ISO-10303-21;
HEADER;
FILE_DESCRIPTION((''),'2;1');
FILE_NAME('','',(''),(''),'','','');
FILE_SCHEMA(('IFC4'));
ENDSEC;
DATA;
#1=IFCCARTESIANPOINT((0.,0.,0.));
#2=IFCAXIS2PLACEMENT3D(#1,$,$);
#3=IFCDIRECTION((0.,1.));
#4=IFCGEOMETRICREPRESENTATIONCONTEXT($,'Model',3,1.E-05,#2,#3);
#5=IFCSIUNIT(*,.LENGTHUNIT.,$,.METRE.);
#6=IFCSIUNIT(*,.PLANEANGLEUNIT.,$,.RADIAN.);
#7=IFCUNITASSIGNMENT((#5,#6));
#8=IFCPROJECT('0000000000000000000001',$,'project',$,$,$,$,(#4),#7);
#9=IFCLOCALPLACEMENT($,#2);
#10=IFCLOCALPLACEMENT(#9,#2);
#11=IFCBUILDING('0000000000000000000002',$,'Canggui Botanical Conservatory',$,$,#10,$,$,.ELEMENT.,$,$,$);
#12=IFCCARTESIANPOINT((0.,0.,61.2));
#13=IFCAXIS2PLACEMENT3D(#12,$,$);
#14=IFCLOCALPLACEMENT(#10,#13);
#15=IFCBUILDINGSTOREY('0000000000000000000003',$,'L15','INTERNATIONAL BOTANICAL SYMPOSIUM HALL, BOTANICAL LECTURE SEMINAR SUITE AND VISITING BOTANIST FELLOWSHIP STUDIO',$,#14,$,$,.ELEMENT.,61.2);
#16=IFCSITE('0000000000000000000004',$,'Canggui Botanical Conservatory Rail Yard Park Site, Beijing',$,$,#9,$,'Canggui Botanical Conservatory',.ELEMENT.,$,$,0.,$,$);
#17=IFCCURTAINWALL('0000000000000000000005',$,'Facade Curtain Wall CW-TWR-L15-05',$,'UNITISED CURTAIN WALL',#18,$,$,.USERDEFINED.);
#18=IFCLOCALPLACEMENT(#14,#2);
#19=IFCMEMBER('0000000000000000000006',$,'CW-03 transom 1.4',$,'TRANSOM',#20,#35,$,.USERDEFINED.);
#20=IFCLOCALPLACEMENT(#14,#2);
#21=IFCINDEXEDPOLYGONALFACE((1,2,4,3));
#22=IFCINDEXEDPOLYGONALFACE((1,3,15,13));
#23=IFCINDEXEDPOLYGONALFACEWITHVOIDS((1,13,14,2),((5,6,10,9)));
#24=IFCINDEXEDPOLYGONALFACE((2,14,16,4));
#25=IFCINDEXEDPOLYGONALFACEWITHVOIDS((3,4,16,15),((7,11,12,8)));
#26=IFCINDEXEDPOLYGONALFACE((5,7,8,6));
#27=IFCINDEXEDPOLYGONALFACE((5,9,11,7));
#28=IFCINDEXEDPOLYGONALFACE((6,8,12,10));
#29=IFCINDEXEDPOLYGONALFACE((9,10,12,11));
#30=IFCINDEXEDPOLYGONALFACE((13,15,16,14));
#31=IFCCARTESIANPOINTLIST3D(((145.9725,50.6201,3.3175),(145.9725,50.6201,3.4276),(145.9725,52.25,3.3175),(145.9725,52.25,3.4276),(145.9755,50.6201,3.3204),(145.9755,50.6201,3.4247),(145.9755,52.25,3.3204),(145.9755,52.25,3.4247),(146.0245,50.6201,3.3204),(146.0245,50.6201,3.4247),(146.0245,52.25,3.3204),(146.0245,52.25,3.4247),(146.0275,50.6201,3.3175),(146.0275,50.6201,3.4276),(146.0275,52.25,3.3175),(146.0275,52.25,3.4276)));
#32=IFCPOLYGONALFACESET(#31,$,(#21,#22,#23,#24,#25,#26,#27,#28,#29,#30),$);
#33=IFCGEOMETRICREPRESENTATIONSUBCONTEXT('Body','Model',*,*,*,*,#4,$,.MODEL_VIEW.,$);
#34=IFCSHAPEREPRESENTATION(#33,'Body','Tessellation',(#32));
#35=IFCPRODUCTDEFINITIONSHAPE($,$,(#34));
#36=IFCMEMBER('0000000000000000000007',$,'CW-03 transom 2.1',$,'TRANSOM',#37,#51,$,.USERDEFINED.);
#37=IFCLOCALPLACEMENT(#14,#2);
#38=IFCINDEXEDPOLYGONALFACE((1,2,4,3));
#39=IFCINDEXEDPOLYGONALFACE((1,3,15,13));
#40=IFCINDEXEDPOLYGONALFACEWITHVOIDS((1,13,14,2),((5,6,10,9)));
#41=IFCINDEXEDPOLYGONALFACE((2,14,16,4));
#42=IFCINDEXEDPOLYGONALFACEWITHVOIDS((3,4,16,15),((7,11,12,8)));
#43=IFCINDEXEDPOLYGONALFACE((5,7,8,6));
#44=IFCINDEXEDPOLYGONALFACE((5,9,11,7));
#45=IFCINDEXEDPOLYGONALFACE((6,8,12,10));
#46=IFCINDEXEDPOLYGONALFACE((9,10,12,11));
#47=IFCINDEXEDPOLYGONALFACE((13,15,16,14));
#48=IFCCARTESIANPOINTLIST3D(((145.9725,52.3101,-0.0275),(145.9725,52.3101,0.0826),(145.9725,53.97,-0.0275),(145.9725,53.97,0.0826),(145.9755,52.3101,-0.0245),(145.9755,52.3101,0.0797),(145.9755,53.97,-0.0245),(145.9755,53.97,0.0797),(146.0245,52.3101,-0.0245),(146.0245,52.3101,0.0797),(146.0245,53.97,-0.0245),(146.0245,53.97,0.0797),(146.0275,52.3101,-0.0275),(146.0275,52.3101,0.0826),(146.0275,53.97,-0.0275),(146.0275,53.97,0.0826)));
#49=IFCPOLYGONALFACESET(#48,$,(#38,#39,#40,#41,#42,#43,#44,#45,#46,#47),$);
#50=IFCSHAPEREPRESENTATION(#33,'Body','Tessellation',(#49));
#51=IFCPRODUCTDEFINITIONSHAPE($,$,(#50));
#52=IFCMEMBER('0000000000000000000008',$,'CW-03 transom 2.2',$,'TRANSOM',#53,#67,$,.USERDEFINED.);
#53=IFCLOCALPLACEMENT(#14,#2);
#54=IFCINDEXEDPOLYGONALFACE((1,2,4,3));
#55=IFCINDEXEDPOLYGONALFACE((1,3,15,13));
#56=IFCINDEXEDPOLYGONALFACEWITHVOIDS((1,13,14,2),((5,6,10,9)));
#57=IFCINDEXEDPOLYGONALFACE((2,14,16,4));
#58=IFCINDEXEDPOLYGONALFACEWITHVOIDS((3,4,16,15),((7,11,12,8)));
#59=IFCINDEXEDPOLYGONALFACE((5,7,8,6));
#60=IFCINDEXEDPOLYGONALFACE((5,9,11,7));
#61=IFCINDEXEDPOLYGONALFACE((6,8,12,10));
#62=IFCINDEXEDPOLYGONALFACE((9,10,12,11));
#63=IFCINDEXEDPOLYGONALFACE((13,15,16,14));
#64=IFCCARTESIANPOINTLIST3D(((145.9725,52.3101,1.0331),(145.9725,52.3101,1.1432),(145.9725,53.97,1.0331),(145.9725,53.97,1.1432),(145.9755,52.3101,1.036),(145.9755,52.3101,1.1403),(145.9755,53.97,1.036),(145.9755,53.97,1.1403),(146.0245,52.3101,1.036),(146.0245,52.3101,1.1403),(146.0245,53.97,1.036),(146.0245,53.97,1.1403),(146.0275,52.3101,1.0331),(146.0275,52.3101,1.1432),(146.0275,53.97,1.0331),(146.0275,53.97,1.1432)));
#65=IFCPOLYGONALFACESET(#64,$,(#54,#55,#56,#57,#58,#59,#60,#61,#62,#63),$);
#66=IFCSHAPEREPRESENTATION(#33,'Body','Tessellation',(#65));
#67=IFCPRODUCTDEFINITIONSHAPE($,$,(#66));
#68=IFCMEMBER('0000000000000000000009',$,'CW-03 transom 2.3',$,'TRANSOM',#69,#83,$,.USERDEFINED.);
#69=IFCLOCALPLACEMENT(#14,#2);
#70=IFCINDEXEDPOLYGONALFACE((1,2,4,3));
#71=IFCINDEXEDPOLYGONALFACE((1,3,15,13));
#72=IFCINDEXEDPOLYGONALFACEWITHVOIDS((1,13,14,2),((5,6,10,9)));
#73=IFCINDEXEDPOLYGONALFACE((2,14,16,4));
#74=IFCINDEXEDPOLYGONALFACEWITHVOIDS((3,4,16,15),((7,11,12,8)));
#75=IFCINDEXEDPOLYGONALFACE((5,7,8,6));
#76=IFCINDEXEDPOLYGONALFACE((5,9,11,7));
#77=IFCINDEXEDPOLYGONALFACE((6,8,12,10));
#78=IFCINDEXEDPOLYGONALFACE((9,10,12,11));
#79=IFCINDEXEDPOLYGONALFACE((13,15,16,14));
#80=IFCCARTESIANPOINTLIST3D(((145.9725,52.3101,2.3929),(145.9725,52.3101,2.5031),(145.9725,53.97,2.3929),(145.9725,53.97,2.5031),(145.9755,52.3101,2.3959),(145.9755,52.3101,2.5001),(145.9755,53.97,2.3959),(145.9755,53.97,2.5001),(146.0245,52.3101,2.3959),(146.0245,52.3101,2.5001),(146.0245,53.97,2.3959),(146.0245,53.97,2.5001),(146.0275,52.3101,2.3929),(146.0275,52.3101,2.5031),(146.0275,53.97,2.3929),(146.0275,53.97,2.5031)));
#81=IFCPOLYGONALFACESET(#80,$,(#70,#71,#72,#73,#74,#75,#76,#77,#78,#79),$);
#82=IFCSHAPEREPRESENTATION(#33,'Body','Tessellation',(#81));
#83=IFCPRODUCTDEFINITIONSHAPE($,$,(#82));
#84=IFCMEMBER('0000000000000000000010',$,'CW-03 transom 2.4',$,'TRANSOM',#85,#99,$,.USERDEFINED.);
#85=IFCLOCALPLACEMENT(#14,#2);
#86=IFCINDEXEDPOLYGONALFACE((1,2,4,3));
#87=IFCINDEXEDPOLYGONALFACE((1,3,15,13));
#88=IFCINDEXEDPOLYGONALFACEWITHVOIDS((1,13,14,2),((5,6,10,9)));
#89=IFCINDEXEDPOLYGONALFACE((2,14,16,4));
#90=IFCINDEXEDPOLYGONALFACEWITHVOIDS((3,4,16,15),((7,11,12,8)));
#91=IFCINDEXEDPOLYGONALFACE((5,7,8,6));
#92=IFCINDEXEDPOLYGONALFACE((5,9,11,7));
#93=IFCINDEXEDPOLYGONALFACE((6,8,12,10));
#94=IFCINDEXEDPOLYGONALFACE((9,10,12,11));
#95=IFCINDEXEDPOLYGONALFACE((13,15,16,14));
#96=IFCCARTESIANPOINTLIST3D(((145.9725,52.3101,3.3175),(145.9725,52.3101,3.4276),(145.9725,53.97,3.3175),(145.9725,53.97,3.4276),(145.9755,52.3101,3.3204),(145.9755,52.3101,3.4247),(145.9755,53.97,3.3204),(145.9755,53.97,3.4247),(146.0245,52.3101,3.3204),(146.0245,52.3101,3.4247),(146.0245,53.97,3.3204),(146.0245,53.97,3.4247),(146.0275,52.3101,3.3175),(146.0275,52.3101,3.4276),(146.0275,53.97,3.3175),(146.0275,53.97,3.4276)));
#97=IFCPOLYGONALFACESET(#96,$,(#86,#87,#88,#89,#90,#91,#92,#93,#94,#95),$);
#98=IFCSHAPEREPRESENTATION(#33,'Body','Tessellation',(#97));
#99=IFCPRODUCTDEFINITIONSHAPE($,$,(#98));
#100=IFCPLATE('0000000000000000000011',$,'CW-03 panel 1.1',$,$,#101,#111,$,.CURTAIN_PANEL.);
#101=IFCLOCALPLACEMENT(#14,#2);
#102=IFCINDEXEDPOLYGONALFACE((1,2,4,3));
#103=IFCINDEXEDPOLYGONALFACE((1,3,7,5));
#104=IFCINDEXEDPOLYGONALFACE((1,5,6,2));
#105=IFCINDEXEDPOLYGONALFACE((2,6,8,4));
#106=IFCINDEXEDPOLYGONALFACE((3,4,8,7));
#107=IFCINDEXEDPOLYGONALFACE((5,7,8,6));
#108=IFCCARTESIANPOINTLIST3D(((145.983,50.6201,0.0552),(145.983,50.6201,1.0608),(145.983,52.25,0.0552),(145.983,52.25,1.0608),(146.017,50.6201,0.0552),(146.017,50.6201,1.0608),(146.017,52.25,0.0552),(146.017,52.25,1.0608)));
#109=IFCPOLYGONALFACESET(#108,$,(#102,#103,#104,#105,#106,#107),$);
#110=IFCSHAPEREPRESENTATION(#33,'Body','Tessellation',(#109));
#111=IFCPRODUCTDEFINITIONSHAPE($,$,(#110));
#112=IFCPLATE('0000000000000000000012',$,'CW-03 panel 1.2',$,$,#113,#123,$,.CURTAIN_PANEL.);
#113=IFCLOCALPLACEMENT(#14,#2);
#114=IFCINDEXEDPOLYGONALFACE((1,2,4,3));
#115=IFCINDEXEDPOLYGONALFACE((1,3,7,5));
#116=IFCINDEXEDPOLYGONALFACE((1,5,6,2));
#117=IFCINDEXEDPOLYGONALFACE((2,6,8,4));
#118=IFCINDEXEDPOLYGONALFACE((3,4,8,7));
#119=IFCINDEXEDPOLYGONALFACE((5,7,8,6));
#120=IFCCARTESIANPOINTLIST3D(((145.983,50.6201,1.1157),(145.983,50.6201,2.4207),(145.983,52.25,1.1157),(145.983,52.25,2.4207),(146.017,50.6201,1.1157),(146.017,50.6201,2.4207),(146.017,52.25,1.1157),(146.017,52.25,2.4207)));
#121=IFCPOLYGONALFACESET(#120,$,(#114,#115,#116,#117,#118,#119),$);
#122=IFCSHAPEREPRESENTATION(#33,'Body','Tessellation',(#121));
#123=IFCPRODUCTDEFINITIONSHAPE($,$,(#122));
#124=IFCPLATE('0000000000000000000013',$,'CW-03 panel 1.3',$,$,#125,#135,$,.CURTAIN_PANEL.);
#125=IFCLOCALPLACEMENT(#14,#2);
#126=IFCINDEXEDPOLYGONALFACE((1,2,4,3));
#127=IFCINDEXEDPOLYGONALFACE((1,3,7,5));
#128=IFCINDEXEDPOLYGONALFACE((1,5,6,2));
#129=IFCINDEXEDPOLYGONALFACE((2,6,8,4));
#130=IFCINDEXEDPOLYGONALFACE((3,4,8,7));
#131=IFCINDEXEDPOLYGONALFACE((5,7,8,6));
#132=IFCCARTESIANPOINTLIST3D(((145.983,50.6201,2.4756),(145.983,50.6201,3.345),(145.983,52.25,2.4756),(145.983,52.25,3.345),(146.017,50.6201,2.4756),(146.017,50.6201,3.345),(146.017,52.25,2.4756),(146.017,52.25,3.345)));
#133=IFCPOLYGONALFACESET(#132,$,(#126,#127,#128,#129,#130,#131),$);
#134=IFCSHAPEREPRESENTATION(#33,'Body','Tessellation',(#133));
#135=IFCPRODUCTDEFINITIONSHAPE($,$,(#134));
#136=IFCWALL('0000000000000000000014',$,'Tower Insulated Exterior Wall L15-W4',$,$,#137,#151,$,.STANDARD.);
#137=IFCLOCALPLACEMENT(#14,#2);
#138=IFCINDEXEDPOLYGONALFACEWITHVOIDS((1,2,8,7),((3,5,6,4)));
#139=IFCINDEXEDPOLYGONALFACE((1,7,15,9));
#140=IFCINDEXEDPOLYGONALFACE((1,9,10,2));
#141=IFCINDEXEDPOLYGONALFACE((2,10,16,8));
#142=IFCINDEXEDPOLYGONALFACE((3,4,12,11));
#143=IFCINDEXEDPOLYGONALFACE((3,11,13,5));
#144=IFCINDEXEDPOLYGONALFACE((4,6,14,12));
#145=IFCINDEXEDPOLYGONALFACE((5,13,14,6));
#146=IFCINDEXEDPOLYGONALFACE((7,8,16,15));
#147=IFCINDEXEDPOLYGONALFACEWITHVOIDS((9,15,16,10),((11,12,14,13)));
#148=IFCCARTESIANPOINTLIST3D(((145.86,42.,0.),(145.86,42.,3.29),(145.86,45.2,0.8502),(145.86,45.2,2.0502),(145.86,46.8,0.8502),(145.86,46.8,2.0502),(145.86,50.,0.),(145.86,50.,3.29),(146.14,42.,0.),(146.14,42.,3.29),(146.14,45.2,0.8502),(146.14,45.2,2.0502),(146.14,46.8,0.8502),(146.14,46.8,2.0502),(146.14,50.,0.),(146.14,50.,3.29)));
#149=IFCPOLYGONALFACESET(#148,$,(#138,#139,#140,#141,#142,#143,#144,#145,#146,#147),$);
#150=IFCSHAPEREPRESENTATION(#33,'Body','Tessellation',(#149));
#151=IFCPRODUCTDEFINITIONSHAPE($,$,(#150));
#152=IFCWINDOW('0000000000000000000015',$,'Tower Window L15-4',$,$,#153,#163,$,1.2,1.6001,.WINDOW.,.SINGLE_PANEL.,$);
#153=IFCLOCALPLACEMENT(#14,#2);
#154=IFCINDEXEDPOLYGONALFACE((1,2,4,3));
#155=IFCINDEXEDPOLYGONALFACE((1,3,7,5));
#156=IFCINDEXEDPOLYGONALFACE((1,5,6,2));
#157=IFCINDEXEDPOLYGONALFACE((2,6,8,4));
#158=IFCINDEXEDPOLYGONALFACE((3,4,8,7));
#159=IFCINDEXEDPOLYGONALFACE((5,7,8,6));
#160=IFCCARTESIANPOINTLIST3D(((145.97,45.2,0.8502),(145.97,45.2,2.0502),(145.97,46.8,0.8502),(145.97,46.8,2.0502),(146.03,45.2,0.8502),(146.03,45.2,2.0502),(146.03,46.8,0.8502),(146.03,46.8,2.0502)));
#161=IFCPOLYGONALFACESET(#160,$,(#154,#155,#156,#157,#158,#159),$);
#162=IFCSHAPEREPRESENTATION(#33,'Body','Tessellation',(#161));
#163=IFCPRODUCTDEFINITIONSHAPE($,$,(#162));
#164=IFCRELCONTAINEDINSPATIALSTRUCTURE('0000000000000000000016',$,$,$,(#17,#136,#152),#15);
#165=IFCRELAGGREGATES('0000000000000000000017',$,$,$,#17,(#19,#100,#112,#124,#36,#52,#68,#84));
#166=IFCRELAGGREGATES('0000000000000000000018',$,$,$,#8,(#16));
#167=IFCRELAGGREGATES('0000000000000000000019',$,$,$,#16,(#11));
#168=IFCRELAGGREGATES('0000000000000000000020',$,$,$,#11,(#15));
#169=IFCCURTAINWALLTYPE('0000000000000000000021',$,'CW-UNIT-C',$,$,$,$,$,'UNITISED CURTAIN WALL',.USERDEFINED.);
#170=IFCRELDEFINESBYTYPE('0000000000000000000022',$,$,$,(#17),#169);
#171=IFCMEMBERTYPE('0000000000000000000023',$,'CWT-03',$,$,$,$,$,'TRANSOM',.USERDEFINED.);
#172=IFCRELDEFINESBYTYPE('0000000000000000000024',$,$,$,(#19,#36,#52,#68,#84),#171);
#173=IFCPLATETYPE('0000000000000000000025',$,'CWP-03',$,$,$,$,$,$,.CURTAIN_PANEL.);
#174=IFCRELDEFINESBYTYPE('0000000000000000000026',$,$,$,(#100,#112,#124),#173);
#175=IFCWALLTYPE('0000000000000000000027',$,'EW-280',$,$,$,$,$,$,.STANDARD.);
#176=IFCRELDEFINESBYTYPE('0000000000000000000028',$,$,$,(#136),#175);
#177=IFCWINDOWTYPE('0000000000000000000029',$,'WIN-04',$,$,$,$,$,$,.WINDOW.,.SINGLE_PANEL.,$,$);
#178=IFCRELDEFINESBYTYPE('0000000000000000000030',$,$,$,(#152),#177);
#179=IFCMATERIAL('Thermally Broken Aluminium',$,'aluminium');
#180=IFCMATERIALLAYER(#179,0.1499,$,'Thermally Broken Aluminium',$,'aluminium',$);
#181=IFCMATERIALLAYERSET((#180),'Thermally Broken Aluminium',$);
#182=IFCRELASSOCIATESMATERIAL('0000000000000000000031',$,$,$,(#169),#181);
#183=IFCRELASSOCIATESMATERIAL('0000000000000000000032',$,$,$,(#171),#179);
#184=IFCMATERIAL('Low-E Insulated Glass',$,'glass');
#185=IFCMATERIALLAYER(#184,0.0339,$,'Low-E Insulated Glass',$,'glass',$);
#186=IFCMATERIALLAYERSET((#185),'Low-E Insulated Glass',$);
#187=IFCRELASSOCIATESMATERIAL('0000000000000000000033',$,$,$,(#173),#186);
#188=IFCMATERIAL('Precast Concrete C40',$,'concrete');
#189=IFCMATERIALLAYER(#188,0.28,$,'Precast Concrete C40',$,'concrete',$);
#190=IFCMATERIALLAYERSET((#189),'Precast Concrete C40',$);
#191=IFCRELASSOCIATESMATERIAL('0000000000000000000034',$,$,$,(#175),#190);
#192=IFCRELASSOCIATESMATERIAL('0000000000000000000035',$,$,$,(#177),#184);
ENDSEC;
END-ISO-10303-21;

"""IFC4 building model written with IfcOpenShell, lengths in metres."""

from ifc_helpers import new_model, si_unit, direction, frame, frame_2d, origin, origin_2d, place, context, subcontext, project, spatial, rectangle, hollow_rectangle, extrude, material, layer, layer_set, material_profile, profile_set, type_object, element, fill, aggregate, save


model = new_model("IFC4")

# Units and contexts
model_context = context("Model", 3, precision=1e-05, world=origin(), true_north=direction((0.0, 1.0)))
body_context = subcontext(model_context, "Body", "Model", "MODEL_VIEW")
ifc_project = project(units=[si_unit("LENGTHUNIT", "METRE"), si_unit("PLANEANGLEUNIT", "RADIAN")], contexts=[model_context])

# Site, building, storey
site_placement = place(None, origin())
site = spatial("IfcSite", under=ifc_project, at=site_placement, Name="Canggui Botanical Conservatory Rail Yard Park Site, Beijing", LongName="Canggui Botanical Conservatory", CompositionType="ELEMENT", RefElevation=0.0)
building_placement = place(site_placement, origin())
building = spatial("IfcBuilding", under=site, at=building_placement, Name="Canggui Botanical Conservatory", CompositionType="ELEMENT")
storey_placement = place(building_placement, frame((0.0, 0.0, 61.2)))
storey = spatial("IfcBuildingStorey", under=building, at=storey_placement, Name="L15", Description="INTERNATIONAL BOTANICAL SYMPOSIUM HALL, BOTANICAL LECTURE SEMINAR SUITE AND VISITING BOTANIST FELLOWSHIP STUDIO", CompositionType="ELEMENT", Elevation=61.2)

# Curtain wall, members, plates
ifc_material_1 = material(Name="Thermally Broken Aluminium", Category="aluminium")
ifc_layer_1 = layer(ifc_material_1, 0.1499, Name="Thermally Broken Aluminium", Category="aluminium")
ifc_layer_set_1 = layer_set([ifc_layer_1], Name="Thermally Broken Aluminium")
curtain_wall_type = type_object("IfcCurtainWallType", Name="CW-UNIT-C", ElementType="UNITISED CURTAIN WALL", PredefinedType="USERDEFINED", material=ifc_layer_set_1)
curtain_wall_placement = place(storey_placement, origin())
curtain_wall = element("IfcCurtainWall", 1, at=curtain_wall_placement, inside=storey, type_object=curtain_wall_type, Name="Facade Curtain Wall CW-TWR-L15-05", ObjectType="UNITISED CURTAIN WALL", PredefinedType="USERDEFINED")
ifc_material_profile_1 = material_profile(ifc_material_1, hollow_rectangle(XDim=0.0549, YDim=0.1101, WallThickness=0.0029, at=origin_2d()), Name="CWT 55x110x3")
ifc_profile_set_1 = profile_set([ifc_material_profile_1], Name="Thermally Broken Aluminium")
member_type_1 = type_object("IfcMemberType", Name="CWT-03", ElementType="TRANSOM", PredefinedType="USERDEFINED", material=ifc_profile_set_1)
member_1_placement = place(storey_placement, frame((146.0, 50.6201, 3.3726), z_axis=(0.0, 1.0, 0.0), x_axis=(-1.0, 0.0, 0.0)))
member_1 = element("IfcMember", 2, at=member_1_placement, type_object=member_type_1, Name="CW-03 transom 1.4", ObjectType="TRANSOM", PredefinedType="USERDEFINED", context=body_context, shape_type="SweptSolid", body=[
    extrude(hollow_rectangle(XDim=0.0549, YDim=0.1101, WallThickness=0.0029, at=origin_2d()), origin(), (0.0, 0.0, 1.0), 1.6299),
])
member_2_placement = place(storey_placement, frame((146.0, 52.3101, 0.0276), z_axis=(0.0, 1.0, 0.0), x_axis=(-1.0, 0.0, 0.0)))
member_2 = element("IfcMember", 3, at=member_2_placement, type_object=member_type_1, Name="CW-03 transom 2.1", ObjectType="TRANSOM", PredefinedType="USERDEFINED", context=body_context, shape_type="SweptSolid", body=[
    extrude(hollow_rectangle(XDim=0.0549, YDim=0.1101, WallThickness=0.0029, at=origin_2d()), origin(), (0.0, 0.0, 1.0), 1.6599),
])
member_3_placement = place(storey_placement, frame((146.0, 52.3101, 1.0881), z_axis=(0.0, 1.0, 0.0), x_axis=(-1.0, 0.0, 0.0)))
member_3 = element("IfcMember", 4, at=member_3_placement, type_object=member_type_1, Name="CW-03 transom 2.2", ObjectType="TRANSOM", PredefinedType="USERDEFINED", context=body_context, shape_type="SweptSolid", body=[
    extrude(hollow_rectangle(XDim=0.0549, YDim=0.1101, WallThickness=0.0029, at=origin_2d()), origin(), (0.0, 0.0, 1.0), 1.6599),
])
member_4_placement = place(storey_placement, frame((146.0, 52.3101, 2.448), z_axis=(0.0, 1.0, 0.0), x_axis=(-1.0, 0.0, 0.0)))
member_4 = element("IfcMember", 5, at=member_4_placement, type_object=member_type_1, Name="CW-03 transom 2.3", ObjectType="TRANSOM", PredefinedType="USERDEFINED", context=body_context, shape_type="SweptSolid", body=[
    extrude(hollow_rectangle(XDim=0.0549, YDim=0.1101, WallThickness=0.0029, at=origin_2d()), origin(), (0.0, 0.0, 1.0), 1.6599),
])
member_5_placement = place(storey_placement, frame((146.0, 52.3101, 3.3726), z_axis=(0.0, 1.0, 0.0), x_axis=(-1.0, 0.0, 0.0)))
member_5 = element("IfcMember", 6, at=member_5_placement, type_object=member_type_1, Name="CW-03 transom 2.4", ObjectType="TRANSOM", PredefinedType="USERDEFINED", context=body_context, shape_type="SweptSolid", body=[
    extrude(hollow_rectangle(XDim=0.0549, YDim=0.1101, WallThickness=0.0029, at=origin_2d()), origin(), (0.0, 0.0, 1.0), 1.6599),
])
ifc_material_2 = material(Name="Low-E Insulated Glass", Category="glass")
ifc_layer_2 = layer(ifc_material_2, 0.0339, Name="Low-E Insulated Glass", Category="glass")
ifc_layer_set_2 = layer_set([ifc_layer_2], Name="Low-E Insulated Glass")
plate_type = type_object("IfcPlateType", Name="CWP-03", PredefinedType="CURTAIN_PANEL", material=ifc_layer_set_2)
plate_1_placement = place(storey_placement, frame((146.0, 51.4351, 0.0552), z_axis=(0.0, 0.0, 1.0), x_axis=(0.0, 1.0, 0.0)))
plate_1 = element("IfcPlate", 7, at=plate_1_placement, type_object=plate_type, Name="CW-03 panel 1.1", PredefinedType="CURTAIN_PANEL", context=body_context, shape_type="SweptSolid", body=[
    extrude(rectangle(XDim=1.6299, YDim=0.0339, at=origin_2d()), origin(), (0.0, 0.0, 1.0), 1.0056),
])
plate_2_placement = place(storey_placement, frame((146.0, 51.4351, 1.1157), z_axis=(0.0, 0.0, 1.0), x_axis=(0.0, 1.0, 0.0)))
plate_2 = element("IfcPlate", 8, at=plate_2_placement, type_object=plate_type, Name="CW-03 panel 1.2", PredefinedType="CURTAIN_PANEL", context=body_context, shape_type="SweptSolid", body=[
    extrude(rectangle(XDim=1.6299, YDim=0.0339, at=origin_2d()), origin(), (0.0, 0.0, 1.0), 1.3049),
])
plate_3_placement = place(storey_placement, frame((146.0, 51.4351, 2.4756), z_axis=(0.0, 0.0, 1.0), x_axis=(0.0, 1.0, 0.0)))
plate_3 = element("IfcPlate", 9, at=plate_3_placement, type_object=plate_type, Name="CW-03 panel 1.3", PredefinedType="CURTAIN_PANEL", context=body_context, shape_type="SweptSolid", body=[
    extrude(rectangle(XDim=1.6299, YDim=0.0339, at=origin_2d()), origin(), (0.0, 0.0, 1.0), 0.8694),
])
aggregate(curtain_wall, [member_1, plate_1, plate_2, plate_3, member_2, member_3, member_4, member_5])

# Wall, opening, window
ifc_material_3 = material(Name="Precast Concrete C40", Category="concrete")
ifc_layer_3 = layer(ifc_material_3, 0.28, Name="Precast Concrete C40", Category="concrete")
ifc_layer_set_3 = layer_set([ifc_layer_3], Name="Precast Concrete C40")
wall_type = type_object("IfcWallType", Name="EW-280", PredefinedType="STANDARD", material=ifc_layer_set_3)
wall_placement = place(storey_placement, frame((146.0, 42.0, 0.0), z_axis=(0.0, 0.0, 1.0), x_axis=(0.0, 1.0, 0.0)))
wall = element("IfcWall", 10, at=wall_placement, inside=storey, type_object=wall_type, Name="Tower Insulated Exterior Wall L15-W4", PredefinedType="STANDARD", context=body_context, shape_type="SweptSolid", body=[
    extrude(rectangle(XDim=8.0, YDim=0.28, at=frame_2d((4.0, 0.0))), origin(), (0.0, 0.0, 1.0), 3.29),
])
opening_placement = place(wall_placement, frame((3.2, 0.0, 0.8501)))
opening = element("IfcOpeningElement", 11, at=opening_placement, cuts=wall, PredefinedType="OPENING", context=body_context, shape_type="SweptSolid", body=[
    extrude(rectangle(XDim=1.6001, YDim=1.2, at=frame_2d((0.8, 0.6001))), frame((0.0, 0.1499, 0.0), z_axis=(0.0, -1.0, 0.0), x_axis=(1.0, 0.0, 0.0)), (0.0, 0.0, 1.0), 0.3),
])
window_type = type_object("IfcWindowType", Name="WIN-04", PartitioningType="SINGLE_PANEL", PredefinedType="WINDOW", material=ifc_material_2)
window_placement = place(opening_placement, origin())
window = element("IfcWindow", 12, at=window_placement, inside=storey, type_object=window_type, Name="Tower Window L15-4", OverallHeight=1.2, OverallWidth=1.6001, PartitioningType="SINGLE_PANEL", PredefinedType="WINDOW", context=body_context, shape_type="SweptSolid", body=[
    extrude(rectangle(XDim=1.6001, YDim=1.2, at=frame_2d((0.8, 0.6001))), frame((0.0, 0.03, 0.0), z_axis=(0.0, -1.0, 0.0), x_axis=(1.0, 0.0, 0.0)), (0.0, 0.0, 1.0), 0.0601),
])
fill(opening, window)

save(model, "model.ifc")
